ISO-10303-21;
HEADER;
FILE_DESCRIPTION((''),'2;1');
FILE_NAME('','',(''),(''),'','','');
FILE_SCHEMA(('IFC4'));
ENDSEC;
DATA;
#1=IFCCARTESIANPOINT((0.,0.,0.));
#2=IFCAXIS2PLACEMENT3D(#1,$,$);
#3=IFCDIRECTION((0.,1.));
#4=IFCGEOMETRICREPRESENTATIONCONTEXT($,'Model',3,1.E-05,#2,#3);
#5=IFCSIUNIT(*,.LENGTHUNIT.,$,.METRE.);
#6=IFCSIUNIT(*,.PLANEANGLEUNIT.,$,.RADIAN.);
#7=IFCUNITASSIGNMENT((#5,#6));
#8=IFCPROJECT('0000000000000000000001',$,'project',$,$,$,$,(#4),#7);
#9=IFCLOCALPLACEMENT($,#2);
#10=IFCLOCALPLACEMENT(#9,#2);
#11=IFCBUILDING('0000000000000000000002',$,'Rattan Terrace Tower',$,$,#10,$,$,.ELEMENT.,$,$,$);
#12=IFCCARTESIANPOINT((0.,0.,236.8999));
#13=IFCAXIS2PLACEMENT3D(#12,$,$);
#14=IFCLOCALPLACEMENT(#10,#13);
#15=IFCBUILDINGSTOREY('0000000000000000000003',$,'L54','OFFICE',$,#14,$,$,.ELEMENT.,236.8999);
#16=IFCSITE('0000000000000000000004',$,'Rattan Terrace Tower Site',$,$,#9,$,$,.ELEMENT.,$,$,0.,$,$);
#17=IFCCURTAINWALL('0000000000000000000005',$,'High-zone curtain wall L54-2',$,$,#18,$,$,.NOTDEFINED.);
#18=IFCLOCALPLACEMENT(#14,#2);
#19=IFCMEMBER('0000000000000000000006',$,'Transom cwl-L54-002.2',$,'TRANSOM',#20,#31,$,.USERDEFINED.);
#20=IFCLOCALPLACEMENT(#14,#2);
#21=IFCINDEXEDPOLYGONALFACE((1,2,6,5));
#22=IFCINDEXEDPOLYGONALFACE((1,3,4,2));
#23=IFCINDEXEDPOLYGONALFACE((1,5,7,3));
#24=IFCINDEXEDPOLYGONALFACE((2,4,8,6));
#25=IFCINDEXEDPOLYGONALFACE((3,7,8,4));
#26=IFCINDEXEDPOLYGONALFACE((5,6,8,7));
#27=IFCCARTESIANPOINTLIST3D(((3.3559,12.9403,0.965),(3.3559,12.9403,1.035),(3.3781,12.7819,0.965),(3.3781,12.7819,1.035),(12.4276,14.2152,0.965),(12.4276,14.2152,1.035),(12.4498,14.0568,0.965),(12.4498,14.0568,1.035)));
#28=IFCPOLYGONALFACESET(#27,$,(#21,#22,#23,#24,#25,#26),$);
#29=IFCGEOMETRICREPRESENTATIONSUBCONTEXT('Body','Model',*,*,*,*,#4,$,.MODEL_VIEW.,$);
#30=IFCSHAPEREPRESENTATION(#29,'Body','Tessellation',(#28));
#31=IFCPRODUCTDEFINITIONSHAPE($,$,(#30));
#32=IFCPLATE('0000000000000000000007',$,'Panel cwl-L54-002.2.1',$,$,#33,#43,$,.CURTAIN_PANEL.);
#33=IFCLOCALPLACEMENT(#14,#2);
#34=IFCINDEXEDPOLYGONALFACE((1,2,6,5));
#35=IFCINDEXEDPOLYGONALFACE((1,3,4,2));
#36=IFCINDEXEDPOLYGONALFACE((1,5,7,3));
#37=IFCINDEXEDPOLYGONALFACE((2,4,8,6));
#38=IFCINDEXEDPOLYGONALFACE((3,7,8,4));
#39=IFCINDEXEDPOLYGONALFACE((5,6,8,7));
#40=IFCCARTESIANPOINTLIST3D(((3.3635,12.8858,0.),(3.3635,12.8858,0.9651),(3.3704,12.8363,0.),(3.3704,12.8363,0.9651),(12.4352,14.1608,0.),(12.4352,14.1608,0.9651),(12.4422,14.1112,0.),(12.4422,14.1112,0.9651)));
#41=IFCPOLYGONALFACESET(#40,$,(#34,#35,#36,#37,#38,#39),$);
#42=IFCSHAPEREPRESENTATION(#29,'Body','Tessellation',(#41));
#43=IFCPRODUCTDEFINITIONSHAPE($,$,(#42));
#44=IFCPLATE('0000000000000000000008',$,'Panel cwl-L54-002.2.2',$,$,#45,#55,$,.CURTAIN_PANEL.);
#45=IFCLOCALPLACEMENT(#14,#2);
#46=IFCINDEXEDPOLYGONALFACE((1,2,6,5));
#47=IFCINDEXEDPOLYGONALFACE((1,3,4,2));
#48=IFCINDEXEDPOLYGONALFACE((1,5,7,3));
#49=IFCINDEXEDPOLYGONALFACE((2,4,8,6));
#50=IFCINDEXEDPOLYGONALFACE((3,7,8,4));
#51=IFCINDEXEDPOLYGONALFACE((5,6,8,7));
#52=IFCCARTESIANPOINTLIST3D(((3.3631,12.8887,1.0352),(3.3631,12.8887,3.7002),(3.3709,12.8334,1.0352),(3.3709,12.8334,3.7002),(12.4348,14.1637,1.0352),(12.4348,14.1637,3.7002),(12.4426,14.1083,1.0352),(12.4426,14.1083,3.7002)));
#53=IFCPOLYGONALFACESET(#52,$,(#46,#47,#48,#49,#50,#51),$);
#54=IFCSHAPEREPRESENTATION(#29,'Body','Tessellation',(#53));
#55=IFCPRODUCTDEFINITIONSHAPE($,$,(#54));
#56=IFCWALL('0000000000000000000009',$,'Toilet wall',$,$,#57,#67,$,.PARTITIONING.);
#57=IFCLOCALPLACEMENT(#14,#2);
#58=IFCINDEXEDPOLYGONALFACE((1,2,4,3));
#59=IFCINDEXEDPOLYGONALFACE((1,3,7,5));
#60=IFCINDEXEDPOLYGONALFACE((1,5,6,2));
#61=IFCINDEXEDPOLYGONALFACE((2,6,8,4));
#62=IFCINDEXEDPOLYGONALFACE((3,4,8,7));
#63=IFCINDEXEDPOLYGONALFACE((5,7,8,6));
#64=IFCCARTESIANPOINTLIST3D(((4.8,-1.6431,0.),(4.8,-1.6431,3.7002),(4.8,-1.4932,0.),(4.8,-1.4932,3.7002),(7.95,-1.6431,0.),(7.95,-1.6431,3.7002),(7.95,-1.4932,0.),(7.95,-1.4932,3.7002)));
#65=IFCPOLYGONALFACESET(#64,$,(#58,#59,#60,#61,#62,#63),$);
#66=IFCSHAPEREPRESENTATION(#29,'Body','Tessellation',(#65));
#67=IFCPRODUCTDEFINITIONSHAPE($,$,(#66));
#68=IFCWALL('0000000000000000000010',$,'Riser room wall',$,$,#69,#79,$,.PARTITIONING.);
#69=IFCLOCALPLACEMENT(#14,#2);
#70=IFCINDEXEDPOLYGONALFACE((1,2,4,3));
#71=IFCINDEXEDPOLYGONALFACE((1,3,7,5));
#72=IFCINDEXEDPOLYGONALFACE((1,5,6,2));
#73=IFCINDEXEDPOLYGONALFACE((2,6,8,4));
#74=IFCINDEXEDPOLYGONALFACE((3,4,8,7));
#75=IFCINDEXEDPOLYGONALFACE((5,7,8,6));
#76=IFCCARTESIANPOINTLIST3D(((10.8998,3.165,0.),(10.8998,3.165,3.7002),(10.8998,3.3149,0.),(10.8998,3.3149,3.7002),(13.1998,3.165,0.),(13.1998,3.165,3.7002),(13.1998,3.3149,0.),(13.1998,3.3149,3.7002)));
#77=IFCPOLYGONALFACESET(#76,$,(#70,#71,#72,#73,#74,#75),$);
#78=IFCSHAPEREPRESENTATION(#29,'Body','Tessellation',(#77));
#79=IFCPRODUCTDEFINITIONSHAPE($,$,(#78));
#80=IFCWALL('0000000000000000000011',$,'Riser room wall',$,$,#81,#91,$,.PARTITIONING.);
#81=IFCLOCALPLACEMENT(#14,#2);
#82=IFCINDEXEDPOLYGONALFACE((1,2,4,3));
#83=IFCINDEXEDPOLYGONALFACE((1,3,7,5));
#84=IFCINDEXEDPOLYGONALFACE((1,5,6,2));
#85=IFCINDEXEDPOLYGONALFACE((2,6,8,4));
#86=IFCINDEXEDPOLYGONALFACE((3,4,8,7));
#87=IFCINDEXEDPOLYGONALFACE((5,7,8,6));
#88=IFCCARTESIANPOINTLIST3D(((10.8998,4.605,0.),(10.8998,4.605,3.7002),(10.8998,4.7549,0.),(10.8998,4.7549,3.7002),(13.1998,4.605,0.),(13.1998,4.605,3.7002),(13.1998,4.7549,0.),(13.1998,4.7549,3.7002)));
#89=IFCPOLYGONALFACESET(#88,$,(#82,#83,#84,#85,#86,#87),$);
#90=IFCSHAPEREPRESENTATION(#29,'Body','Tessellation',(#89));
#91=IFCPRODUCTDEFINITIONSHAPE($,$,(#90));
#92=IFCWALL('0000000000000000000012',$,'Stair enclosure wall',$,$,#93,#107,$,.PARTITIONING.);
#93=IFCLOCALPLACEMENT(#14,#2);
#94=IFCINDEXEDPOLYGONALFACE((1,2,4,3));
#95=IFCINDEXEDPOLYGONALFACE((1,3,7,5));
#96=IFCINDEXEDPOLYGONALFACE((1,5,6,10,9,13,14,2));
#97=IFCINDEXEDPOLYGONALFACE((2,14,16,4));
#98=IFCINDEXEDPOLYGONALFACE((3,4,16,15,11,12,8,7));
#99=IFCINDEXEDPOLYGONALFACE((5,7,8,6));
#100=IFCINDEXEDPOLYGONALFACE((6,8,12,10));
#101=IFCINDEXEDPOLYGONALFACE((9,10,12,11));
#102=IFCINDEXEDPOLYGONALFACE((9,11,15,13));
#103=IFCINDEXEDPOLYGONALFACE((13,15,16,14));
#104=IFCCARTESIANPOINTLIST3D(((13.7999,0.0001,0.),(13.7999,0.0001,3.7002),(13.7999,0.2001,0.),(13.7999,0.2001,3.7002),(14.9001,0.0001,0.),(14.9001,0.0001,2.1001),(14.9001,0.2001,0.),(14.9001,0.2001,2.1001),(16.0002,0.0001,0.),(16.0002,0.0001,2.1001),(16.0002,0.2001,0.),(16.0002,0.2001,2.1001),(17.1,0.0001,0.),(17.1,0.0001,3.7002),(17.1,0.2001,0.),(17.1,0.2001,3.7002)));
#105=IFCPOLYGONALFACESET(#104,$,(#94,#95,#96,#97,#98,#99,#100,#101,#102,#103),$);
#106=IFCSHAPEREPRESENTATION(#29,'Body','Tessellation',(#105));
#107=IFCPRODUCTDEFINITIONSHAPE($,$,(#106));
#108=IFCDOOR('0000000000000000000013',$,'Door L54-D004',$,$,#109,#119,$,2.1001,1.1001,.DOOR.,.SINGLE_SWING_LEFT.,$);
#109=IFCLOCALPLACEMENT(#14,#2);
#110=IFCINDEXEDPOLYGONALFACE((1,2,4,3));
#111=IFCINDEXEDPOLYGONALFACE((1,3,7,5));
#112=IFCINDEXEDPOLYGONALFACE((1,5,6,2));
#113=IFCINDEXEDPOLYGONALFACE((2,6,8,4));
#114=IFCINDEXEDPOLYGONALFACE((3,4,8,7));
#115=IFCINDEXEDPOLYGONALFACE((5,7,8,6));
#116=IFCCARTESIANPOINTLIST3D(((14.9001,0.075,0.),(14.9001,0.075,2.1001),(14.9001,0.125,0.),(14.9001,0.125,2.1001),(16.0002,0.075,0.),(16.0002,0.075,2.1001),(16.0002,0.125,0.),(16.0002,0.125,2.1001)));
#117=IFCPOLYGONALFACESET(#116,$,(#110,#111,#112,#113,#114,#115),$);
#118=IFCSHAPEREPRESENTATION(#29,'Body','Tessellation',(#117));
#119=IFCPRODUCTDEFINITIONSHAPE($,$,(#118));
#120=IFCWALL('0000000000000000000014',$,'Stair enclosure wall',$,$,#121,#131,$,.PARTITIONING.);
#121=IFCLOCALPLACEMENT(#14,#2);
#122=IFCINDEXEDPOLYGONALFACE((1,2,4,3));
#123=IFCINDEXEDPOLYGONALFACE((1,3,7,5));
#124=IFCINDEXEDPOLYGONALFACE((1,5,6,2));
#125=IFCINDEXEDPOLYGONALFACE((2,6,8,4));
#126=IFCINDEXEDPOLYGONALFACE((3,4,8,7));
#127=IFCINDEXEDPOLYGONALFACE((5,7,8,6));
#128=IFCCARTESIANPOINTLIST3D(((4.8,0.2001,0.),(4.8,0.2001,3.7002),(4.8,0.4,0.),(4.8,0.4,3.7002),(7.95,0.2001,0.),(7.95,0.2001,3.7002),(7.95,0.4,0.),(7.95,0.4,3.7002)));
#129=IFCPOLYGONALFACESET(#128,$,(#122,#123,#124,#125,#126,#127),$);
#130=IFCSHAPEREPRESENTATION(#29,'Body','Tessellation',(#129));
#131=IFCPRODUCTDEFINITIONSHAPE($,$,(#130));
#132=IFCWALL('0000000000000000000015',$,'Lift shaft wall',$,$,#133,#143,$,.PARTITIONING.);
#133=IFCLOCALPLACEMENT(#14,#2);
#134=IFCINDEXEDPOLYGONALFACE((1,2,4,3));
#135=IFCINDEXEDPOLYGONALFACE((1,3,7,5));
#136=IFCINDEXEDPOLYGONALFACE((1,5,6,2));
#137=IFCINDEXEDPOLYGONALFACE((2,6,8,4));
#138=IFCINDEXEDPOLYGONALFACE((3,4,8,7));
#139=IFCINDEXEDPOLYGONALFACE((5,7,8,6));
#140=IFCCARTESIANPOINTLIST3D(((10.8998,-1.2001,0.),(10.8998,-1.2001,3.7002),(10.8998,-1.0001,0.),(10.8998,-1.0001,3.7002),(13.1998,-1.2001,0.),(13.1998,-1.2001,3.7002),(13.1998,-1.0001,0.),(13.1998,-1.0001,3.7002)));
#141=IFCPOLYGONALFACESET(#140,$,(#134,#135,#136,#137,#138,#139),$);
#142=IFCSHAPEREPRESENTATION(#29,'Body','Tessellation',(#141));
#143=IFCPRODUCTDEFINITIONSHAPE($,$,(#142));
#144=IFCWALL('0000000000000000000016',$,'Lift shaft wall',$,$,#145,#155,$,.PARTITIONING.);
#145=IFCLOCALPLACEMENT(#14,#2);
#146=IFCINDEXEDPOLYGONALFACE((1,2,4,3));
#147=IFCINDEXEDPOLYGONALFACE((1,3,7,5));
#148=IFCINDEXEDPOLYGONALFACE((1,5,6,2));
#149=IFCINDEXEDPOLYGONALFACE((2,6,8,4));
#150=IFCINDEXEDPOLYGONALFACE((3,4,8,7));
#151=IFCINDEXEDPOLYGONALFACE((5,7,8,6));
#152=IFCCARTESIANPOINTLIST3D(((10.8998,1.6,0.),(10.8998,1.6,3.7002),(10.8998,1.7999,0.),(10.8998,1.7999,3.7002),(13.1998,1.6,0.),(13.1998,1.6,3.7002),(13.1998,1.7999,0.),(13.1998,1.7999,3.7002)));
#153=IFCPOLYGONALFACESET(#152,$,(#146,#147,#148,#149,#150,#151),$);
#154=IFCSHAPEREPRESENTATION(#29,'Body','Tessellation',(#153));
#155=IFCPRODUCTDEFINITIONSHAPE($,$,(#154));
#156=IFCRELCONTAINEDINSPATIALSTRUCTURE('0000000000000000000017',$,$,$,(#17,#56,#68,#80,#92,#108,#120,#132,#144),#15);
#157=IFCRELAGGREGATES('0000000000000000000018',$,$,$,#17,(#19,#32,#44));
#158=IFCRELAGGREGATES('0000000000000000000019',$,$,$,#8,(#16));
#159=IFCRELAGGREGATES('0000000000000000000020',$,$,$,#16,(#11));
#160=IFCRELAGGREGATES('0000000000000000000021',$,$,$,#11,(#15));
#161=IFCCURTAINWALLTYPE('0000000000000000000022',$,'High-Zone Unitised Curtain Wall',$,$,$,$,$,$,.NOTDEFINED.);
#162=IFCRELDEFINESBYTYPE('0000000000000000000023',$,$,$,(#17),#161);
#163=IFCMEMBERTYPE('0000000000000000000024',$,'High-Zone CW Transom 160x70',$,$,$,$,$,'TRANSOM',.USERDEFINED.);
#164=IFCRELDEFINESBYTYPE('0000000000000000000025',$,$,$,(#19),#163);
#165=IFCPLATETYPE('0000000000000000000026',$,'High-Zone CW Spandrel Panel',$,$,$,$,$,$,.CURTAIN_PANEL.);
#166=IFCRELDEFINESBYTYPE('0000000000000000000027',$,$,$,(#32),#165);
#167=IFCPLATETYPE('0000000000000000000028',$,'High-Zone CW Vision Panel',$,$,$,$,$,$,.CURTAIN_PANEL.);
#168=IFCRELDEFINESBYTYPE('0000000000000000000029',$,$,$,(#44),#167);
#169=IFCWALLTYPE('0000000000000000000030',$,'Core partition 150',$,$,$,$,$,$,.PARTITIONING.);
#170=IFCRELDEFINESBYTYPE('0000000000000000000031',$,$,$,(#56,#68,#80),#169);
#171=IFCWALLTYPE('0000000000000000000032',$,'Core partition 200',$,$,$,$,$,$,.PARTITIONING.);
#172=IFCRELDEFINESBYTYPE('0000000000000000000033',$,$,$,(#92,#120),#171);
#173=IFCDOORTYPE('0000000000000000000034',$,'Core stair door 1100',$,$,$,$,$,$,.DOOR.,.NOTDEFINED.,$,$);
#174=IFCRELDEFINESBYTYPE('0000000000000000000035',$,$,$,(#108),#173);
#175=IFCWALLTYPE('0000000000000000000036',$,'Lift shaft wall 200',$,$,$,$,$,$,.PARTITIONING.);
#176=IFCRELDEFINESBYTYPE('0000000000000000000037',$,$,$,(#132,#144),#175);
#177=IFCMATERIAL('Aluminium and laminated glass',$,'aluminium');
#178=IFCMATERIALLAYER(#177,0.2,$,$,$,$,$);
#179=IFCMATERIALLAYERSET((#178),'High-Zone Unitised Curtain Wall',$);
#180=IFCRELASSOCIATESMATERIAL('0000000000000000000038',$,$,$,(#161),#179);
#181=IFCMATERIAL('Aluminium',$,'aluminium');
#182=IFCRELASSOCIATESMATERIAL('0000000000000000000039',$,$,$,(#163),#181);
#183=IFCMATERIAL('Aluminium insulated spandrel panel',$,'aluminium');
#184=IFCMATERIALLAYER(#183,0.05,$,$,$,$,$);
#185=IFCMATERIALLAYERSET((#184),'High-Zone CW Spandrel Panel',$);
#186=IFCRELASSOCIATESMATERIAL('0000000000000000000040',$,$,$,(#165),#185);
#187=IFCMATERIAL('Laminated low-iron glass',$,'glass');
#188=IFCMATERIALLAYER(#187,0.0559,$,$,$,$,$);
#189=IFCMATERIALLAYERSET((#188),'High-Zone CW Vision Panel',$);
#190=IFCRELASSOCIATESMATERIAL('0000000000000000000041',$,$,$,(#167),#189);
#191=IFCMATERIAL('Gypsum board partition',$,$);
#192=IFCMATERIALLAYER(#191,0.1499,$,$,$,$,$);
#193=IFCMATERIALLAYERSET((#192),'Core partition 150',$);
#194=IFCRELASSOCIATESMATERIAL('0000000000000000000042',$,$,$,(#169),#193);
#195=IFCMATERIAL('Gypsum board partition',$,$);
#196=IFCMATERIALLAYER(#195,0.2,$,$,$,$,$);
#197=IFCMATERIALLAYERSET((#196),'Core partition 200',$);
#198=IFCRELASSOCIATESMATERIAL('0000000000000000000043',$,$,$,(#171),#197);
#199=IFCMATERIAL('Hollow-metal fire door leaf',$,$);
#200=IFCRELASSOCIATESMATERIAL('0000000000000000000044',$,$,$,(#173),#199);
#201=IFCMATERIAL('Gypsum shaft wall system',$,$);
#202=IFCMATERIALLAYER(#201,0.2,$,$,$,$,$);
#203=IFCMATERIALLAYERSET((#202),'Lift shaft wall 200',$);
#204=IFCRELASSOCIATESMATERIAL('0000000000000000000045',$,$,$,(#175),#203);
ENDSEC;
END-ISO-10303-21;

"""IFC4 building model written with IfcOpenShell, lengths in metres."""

from ifc_helpers import new_model, si_unit, direction, frame, frame_2d, origin, origin_2d, place, context, subcontext, project, spatial, rectangle, extrude, material, layer, layer_set, material_profile, profile_set, type_object, element, fill, aggregate, save


model = new_model("IFC4")

# Units and contexts
model_context = context("Model", 3, precision=1e-05, world=origin(), true_north=direction((0.0, 1.0)))
body_context = subcontext(model_context, "Body", "Model", "MODEL_VIEW")
ifc_project = project(units=[si_unit("LENGTHUNIT", "METRE"), si_unit("PLANEANGLEUNIT", "RADIAN")], contexts=[model_context])

# Site, building, storey
site_placement = place(None, origin())
site = spatial("IfcSite", under=ifc_project, at=site_placement, Name="Rattan Terrace Tower Site", CompositionType="ELEMENT", RefElevation=0.0)
building_placement = place(site_placement, origin())
building = spatial("IfcBuilding", under=site, at=building_placement, Name="Rattan Terrace Tower", CompositionType="ELEMENT")
storey_placement = place(building_placement, frame((0.0, 0.0, 236.8999)))
storey = spatial("IfcBuildingStorey", under=building, at=storey_placement, Name="L54", Description="OFFICE", CompositionType="ELEMENT", Elevation=236.8999)

# Curtain wall, member, plates
ifc_material_1 = material(Name="Aluminium and laminated glass", Category="aluminium")
ifc_layer_1 = layer(ifc_material_1, 0.2)
ifc_layer_set_1 = layer_set([ifc_layer_1], Name="High-Zone Unitised Curtain Wall")
curtain_wall_type = type_object("IfcCurtainWallType", Name="High-Zone Unitised Curtain Wall", PredefinedType="NOTDEFINED", material=ifc_layer_set_1)
curtain_wall_placement = place(storey_placement, origin())
curtain_wall = element("IfcCurtainWall", 1, at=curtain_wall_placement, inside=storey, type_object=curtain_wall_type, Name="High-zone curtain wall L54-2", PredefinedType="NOTDEFINED")
ifc_material_2 = material(Name="Aluminium", Category="aluminium")
ifc_material_profile_1 = material_profile(ifc_material_2, rectangle(XDim=0.1599, YDim=0.0701, at=origin_2d()), Name="Aluminium 160x70")
ifc_profile_set_1 = profile_set([ifc_material_profile_1], Name="Aluminium")
member_type_1 = type_object("IfcMemberType", Name="High-Zone CW Transom 160x70", ElementType="TRANSOM", PredefinedType="USERDEFINED", material=ifc_profile_set_1)
member_1_placement = place(storey_placement, frame((12.4387, 14.136, 1.0), z_axis=(-0.990269, -0.139167, 0.0), x_axis=(0.139167, -0.990269, 0.0)))
member_1 = element("IfcMember", 2, at=member_1_placement, type_object=member_type_1, Name="Transom cwl-L54-002.2", ObjectType="TRANSOM", PredefinedType="USERDEFINED", context=body_context, shape_type="SweptSolid", body=[
    extrude(rectangle(XDim=0.1599, YDim=0.0701, at=origin_2d()), origin(), (0.0, 0.0, 1.0), 9.1609),
])
ifc_material_3 = material(Name="Aluminium insulated spandrel panel", Category="aluminium")
ifc_layer_2 = layer(ifc_material_3, 0.05)
ifc_layer_set_2 = layer_set([ifc_layer_2], Name="High-Zone CW Spandrel Panel")
plate_type_1 = type_object("IfcPlateType", Name="High-Zone CW Spandrel Panel", PredefinedType="CURTAIN_PANEL", material=ifc_layer_set_2)
plate_1_placement = place(storey_placement, frame((7.9028, 13.4985, 0.0), z_axis=(0.0, 0.0, 1.0), x_axis=(-0.990267, -0.139177, 0.0)))
plate_1 = element("IfcPlate", 3, at=plate_1_placement, type_object=plate_type_1, Name="Panel cwl-L54-002.2.1", PredefinedType="CURTAIN_PANEL", context=body_context, shape_type="SweptSolid", body=[
    extrude(rectangle(XDim=9.1609, YDim=0.05, at=origin_2d()), origin(), (0.0, 0.0, 1.0), 0.9651),
])
ifc_material_4 = material(Name="Laminated low-iron glass", Category="glass")
ifc_layer_3 = layer(ifc_material_4, 0.0559)
ifc_layer_set_3 = layer_set([ifc_layer_3], Name="High-Zone CW Vision Panel")
plate_type_2 = type_object("IfcPlateType", Name="High-Zone CW Vision Panel", PredefinedType="CURTAIN_PANEL", material=ifc_layer_set_3)
plate_2_placement = place(storey_placement, frame((7.9028, 13.4985, 1.0352), z_axis=(0.0, 0.0, 1.0), x_axis=(-0.990267, -0.139177, 0.0)))
plate_2 = element("IfcPlate", 4, at=plate_2_placement, type_object=plate_type_2, Name="Panel cwl-L54-002.2.2", PredefinedType="CURTAIN_PANEL", context=body_context, shape_type="SweptSolid", body=[
    extrude(rectangle(XDim=9.1609, YDim=0.0559, at=origin_2d()), origin(), (0.0, 0.0, 1.0), 2.665),
])
aggregate(curtain_wall, [member_1, plate_1, plate_2])

# Walls
ifc_material_5 = material(Name="Gypsum board partition")
ifc_layer_4 = layer(ifc_material_5, 0.1499)
ifc_layer_set_4 = layer_set([ifc_layer_4], Name="Core partition 150")
wall_type_1 = type_object("IfcWallType", Name="Core partition 150", PredefinedType="PARTITIONING", material=ifc_layer_set_4)
wall_1_placement = place(storey_placement, frame((4.8, -1.5681, 0.0), z_axis=(0.0, 0.0, 1.0), x_axis=(1.0, 0.0, 0.0)))
element("IfcWall", 5, at=wall_1_placement, inside=storey, type_object=wall_type_1, Name="Toilet wall", PredefinedType="PARTITIONING", context=body_context, shape_type="SweptSolid", body=[
    extrude(rectangle(XDim=3.1499, YDim=0.1499, at=frame_2d((1.575, 0.0))), origin(), (0.0, 0.0, 1.0), 3.7002),
])
for number, where, z_axis, x_axis, name in (
    (6, (10.8999, 3.24, 0.0), (0.0, 0.0, 1.0), (1.0, 0.0, 0.0), "Riser room wall"),
    (7, (10.8999, 4.6799, 0.0), (0.0, 0.0, 1.0), (1.0, 0.0, 0.0), "Riser room wall"),
):
    element("IfcWall", number, at=place(storey_placement, frame(where, z_axis=z_axis, x_axis=x_axis)), inside=storey, type_object=wall_type_1, Name=name, PredefinedType="PARTITIONING", context=body_context, shape_type="SweptSolid", body=[
        extrude(rectangle(XDim=2.3, YDim=0.1499, at=frame_2d((1.1499, 0.0))), origin(), (0.0, 0.0, 1.0), 3.7002),
    ])

# Wall, opening, door
ifc_material_6 = material(Name="Gypsum board partition")
ifc_layer_5 = layer(ifc_material_6, 0.2)
ifc_layer_set_5 = layer_set([ifc_layer_5], Name="Core partition 200")
wall_type_2 = type_object("IfcWallType", Name="Core partition 200", PredefinedType="PARTITIONING", material=ifc_layer_set_5)
wall_2_placement = place(storey_placement, frame((13.8, 0.1001, 0.0), z_axis=(0.0, 0.0, 1.0), x_axis=(1.0, 0.0, 0.0)))
wall_2 = element("IfcWall", 8, at=wall_2_placement, inside=storey, type_object=wall_type_2, Name="Stair enclosure wall", PredefinedType="PARTITIONING", context=body_context, shape_type="SweptSolid", body=[
    extrude(rectangle(XDim=3.3, YDim=0.2, at=frame_2d((1.6499, 0.0))), origin(), (0.0, 0.0, 1.0), 3.7002),
])
opening_placement = place(wall_2_placement, frame((1.1001, 0.0, 0.0)))
opening = element("IfcOpeningElement", 9, at=opening_placement, cuts=wall_2, PredefinedType="OPENING", context=body_context, shape_type="SweptSolid", body=[
    extrude(rectangle(XDim=1.1001, YDim=2.1001, at=frame_2d((0.55, 1.05))), frame((0.0, 0.1106, 0.0), z_axis=(0.0, -1.0, 0.0), x_axis=(1.0, 0.0, 0.0)), (0.0, 0.0, 1.0), 0.2209),
])
ifc_material_7 = material(Name="Hollow-metal fire door leaf")
door_type = type_object("IfcDoorType", Name="Core stair door 1100", OperationType="NOTDEFINED", PredefinedType="DOOR", material=ifc_material_7)
door_placement = place(opening_placement, origin())
door = element("IfcDoor", 10, at=door_placement, inside=storey, type_object=door_type, Name="Door L54-D004", OperationType="SINGLE_SWING_LEFT", OverallHeight=2.1001, OverallWidth=1.1001, PredefinedType="DOOR", context=body_context, shape_type="SweptSolid", body=[
    extrude(rectangle(XDim=1.1001, YDim=2.1001, at=frame_2d((0.55, 1.05))), frame((0.0, 0.0249, 0.0), z_axis=(0.0, -1.0, 0.0), x_axis=(1.0, 0.0, 0.0)), (0.0, 0.0, 1.0), 0.05),
])
fill(opening, door)

# Walls
wall_3_placement = place(storey_placement, frame((4.8, 0.3, 0.0), z_axis=(0.0, 0.0, 1.0), x_axis=(1.0, 0.0, 0.0)))
element("IfcWall", 11, at=wall_3_placement, inside=storey, type_object=wall_type_2, Name="Stair enclosure wall", PredefinedType="PARTITIONING", context=body_context, shape_type="SweptSolid", body=[
    extrude(rectangle(XDim=3.1499, YDim=0.2, at=frame_2d((1.575, 0.0))), origin(), (0.0, 0.0, 1.0), 3.7002),
])
ifc_material_8 = material(Name="Gypsum shaft wall system")
ifc_layer_6 = layer(ifc_material_8, 0.2)
ifc_layer_set_6 = layer_set([ifc_layer_6], Name="Lift shaft wall 200")
wall_type_3 = type_object("IfcWallType", Name="Lift shaft wall 200", PredefinedType="PARTITIONING", material=ifc_layer_set_6)
for number, where, z_axis, x_axis, name in (
    (12, (10.8999, -1.1001, 0.0), (0.0, 0.0, 1.0), (1.0, 0.0, 0.0), "Lift shaft wall"),
    (13, (10.8999, 1.7, 0.0), (0.0, 0.0, 1.0), (1.0, 0.0, 0.0), "Lift shaft wall"),
):
    element("IfcWall", number, at=place(storey_placement, frame(where, z_axis=z_axis, x_axis=x_axis)), inside=storey, type_object=wall_type_3, Name=name, PredefinedType="PARTITIONING", context=body_context, shape_type="SweptSolid", body=[
        extrude(rectangle(XDim=2.3, YDim=0.2, at=frame_2d((1.1499, 0.0))), origin(), (0.0, 0.0, 1.0), 3.7002),
    ])

save(model, "model.ifc")
